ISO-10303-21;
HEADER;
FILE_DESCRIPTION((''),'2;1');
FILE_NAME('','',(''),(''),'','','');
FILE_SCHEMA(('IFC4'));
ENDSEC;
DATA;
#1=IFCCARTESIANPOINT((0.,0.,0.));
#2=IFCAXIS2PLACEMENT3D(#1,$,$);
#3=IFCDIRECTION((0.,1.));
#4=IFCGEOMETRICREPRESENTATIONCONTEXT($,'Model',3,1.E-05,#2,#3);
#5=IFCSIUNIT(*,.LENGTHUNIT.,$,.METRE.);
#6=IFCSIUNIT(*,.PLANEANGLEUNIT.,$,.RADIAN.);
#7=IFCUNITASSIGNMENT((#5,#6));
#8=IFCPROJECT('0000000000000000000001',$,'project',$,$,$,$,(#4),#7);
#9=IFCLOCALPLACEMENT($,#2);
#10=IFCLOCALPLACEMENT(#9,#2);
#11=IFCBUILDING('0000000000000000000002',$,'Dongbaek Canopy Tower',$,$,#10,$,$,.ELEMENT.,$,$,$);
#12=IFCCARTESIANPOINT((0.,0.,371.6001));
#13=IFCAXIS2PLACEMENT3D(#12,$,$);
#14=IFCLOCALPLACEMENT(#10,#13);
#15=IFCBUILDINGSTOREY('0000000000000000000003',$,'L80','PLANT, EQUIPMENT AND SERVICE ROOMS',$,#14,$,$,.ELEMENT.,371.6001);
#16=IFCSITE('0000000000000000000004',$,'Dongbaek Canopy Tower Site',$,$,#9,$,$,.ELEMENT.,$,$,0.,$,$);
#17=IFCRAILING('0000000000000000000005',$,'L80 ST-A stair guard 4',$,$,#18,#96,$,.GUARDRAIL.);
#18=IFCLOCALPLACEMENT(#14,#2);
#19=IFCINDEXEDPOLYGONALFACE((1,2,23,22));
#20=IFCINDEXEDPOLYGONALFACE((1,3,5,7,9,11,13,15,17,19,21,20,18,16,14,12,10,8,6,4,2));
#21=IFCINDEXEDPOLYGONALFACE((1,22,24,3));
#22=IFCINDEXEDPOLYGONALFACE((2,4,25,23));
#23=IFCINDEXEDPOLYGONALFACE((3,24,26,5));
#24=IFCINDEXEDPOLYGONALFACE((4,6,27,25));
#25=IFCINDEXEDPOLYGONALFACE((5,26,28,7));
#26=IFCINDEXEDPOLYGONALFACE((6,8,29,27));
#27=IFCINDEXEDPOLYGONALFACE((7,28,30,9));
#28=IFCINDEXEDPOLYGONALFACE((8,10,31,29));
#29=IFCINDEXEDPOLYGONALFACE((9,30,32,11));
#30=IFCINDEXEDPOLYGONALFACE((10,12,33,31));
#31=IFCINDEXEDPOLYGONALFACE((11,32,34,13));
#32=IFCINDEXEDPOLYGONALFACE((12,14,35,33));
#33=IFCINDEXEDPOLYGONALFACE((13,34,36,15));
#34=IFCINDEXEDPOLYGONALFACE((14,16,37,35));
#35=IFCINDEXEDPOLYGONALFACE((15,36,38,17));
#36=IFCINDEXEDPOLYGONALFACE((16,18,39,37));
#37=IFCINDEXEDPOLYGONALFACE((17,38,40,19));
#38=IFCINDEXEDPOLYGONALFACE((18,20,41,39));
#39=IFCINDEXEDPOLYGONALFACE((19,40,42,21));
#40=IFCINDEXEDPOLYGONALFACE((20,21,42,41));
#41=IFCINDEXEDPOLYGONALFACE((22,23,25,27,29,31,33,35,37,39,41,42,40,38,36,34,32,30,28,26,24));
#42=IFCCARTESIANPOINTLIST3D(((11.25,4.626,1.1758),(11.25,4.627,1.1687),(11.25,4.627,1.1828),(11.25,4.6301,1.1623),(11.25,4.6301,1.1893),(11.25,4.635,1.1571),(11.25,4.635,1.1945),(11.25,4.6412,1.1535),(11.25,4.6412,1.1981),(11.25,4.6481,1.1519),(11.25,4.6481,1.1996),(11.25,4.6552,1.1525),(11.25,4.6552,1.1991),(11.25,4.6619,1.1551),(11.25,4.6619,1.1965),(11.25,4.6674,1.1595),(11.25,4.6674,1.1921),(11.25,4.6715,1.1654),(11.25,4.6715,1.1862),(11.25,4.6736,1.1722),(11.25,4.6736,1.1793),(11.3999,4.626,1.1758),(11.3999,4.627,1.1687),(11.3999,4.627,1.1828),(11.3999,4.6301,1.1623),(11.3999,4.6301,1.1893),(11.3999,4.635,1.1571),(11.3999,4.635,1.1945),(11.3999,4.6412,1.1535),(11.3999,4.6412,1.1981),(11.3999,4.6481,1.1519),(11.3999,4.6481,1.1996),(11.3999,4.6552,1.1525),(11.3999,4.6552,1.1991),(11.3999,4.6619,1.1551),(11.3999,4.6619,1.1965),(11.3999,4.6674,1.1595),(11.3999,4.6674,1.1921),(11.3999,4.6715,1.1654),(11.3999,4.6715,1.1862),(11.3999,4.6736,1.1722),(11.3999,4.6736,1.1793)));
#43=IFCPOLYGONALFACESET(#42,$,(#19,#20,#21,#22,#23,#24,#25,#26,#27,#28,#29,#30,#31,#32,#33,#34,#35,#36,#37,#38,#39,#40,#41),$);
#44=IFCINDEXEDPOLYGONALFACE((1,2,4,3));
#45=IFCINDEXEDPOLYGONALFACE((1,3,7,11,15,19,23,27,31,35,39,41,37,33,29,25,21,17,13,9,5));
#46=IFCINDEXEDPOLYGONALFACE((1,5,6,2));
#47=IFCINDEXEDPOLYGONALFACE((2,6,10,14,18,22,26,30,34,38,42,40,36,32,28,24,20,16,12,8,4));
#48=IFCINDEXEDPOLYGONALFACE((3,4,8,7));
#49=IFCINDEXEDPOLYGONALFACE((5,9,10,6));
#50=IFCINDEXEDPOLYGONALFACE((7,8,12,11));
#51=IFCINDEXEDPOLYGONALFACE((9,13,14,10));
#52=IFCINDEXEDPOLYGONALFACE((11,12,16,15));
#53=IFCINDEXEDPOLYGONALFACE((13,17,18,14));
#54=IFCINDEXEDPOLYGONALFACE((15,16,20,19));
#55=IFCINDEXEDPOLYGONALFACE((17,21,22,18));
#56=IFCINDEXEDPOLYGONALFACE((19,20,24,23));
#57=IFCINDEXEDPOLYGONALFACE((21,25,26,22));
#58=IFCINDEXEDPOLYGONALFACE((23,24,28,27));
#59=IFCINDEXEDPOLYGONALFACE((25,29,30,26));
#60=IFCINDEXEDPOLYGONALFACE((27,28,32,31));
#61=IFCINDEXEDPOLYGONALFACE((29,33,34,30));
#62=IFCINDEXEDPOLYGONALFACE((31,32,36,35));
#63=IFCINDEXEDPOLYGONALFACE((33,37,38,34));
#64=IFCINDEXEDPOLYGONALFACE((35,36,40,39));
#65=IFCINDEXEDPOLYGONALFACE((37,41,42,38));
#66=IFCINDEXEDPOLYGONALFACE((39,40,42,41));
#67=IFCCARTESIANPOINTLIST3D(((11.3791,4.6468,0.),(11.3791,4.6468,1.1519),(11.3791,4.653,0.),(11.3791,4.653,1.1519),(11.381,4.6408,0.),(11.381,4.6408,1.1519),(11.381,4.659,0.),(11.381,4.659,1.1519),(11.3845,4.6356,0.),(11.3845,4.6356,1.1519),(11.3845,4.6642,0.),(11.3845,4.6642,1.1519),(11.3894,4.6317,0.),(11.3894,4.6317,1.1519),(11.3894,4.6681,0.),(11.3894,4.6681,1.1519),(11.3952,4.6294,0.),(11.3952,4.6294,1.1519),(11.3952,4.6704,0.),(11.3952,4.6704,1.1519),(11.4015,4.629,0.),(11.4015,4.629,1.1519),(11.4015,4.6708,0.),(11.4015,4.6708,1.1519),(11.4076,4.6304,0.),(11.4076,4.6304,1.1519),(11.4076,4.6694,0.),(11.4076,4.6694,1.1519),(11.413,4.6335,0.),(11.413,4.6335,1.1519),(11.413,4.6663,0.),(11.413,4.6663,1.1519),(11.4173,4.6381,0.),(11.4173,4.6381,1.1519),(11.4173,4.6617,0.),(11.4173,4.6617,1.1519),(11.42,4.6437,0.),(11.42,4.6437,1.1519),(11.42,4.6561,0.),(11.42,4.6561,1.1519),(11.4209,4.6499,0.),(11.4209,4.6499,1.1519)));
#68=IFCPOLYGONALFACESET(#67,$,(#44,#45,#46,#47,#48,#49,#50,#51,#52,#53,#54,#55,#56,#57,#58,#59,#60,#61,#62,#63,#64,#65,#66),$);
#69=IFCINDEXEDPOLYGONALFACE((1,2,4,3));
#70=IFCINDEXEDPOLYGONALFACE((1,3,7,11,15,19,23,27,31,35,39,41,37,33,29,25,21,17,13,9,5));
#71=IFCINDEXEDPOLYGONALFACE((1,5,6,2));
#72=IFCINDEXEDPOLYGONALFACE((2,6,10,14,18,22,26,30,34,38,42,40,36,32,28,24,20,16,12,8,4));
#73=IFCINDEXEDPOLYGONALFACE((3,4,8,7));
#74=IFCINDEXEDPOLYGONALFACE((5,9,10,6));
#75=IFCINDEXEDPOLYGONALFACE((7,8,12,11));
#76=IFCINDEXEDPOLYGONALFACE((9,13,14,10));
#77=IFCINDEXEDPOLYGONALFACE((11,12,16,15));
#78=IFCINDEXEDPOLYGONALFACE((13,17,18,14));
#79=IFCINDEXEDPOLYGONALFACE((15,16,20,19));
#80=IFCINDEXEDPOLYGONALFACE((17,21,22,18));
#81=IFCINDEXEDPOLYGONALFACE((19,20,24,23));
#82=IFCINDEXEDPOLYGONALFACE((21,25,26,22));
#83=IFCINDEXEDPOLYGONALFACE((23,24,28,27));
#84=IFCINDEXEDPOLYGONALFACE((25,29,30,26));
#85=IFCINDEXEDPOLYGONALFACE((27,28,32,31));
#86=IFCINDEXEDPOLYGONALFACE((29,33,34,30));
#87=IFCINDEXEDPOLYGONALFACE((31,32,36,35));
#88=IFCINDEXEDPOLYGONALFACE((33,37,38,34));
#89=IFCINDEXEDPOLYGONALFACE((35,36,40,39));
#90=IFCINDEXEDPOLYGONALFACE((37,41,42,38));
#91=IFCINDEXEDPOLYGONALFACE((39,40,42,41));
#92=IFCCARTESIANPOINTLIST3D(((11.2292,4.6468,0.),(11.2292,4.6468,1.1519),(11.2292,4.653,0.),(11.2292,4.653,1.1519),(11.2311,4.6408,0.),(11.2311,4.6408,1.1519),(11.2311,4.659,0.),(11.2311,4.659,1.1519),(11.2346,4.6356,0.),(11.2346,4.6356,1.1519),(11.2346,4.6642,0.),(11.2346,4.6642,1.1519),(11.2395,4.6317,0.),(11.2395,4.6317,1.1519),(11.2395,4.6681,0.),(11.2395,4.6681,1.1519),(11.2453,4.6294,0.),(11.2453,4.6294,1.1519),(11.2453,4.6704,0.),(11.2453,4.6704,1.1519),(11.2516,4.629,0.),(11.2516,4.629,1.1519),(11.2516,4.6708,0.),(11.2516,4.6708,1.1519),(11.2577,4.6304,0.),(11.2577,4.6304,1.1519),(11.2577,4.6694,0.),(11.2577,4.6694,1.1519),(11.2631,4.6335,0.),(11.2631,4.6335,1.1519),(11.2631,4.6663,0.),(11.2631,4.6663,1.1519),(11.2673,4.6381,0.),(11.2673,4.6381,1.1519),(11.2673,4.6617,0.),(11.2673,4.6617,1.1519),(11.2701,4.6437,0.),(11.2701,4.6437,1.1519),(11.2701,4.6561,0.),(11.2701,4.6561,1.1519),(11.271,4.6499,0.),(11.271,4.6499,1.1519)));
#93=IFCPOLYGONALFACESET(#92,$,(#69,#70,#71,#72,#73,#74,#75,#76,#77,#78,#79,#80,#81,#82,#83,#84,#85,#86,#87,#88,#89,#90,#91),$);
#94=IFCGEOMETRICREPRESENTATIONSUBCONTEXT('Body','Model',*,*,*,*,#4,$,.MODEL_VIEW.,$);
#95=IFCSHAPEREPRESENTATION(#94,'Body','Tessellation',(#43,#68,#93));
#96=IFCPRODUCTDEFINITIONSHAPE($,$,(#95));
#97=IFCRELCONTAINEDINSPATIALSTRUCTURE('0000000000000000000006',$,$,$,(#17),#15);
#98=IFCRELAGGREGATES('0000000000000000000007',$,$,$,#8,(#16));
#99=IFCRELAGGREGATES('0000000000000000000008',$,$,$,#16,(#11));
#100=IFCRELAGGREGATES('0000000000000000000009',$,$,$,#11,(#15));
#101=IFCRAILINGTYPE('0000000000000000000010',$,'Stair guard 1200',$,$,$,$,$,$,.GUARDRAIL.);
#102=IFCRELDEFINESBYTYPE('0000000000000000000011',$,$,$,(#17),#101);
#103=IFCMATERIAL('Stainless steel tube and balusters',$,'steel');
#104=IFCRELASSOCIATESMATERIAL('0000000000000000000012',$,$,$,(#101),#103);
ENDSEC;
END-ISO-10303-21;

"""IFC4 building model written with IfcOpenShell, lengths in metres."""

from ifc_helpers import new_model, si_unit, direction, frame, origin, origin_2d, place, context, subcontext, project, spatial, circle, extrude, material, type_object, element, save


model = new_model("IFC4")

# Units and contexts
model_context = context("Model", 3, precision=1e-05, world=origin(), true_north=direction((0.0, 1.0)))
body_context = subcontext(model_context, "Body", "Model", "MODEL_VIEW")
ifc_project = project(units=[si_unit("LENGTHUNIT", "METRE"), si_unit("PLANEANGLEUNIT", "RADIAN")], contexts=[model_context])

# Site, building, storey
site_placement = place(None, origin())
site = spatial("IfcSite", under=ifc_project, at=site_placement, Name="Dongbaek Canopy Tower Site", CompositionType="ELEMENT", RefElevation=0.0)
building_placement = place(site_placement, origin())
building = spatial("IfcBuilding", under=site, at=building_placement, Name="Dongbaek Canopy Tower", CompositionType="ELEMENT")
storey_placement = place(building_placement, frame((0.0, 0.0, 371.6001)))
storey = spatial("IfcBuildingStorey", under=building, at=storey_placement, Name="L80", Description="PLANT, EQUIPMENT AND SERVICE ROOMS", CompositionType="ELEMENT", Elevation=371.6001)

# Railing
ifc_material_1 = material(Name="Stainless steel tube and balusters", Category="steel")
railing_type_1 = type_object("IfcRailingType", Name="Stair guard 1200", PredefinedType="GUARDRAIL", material=ifc_material_1)
railing_1_placement = place(storey_placement, frame((11.3999, 4.6499, 0.0)))
element("IfcRailing", 1, at=railing_1_placement, inside=storey, type_object=railing_type_1, Name="L80 ST-A stair guard 4", PredefinedType="GUARDRAIL", context=body_context, shape_type="SweptSolid", body=[
    extrude(circle(Radius=0.0239, at=origin_2d()), frame((0.0, 0.0, 1.1758), z_axis=(-1.0, 0.0, 0.0), x_axis=(0.0, -1.0, 0.0)), (0.0, 0.0, 1.0), 0.1499),
    extrude(circle(Radius=0.021, at=origin_2d()), origin(), (0.0, 0.0, 1.0), 1.1519),
    extrude(circle(Radius=0.021, at=origin_2d()), frame((-0.1499, 0.0, 0.0)), (0.0, 0.0, 1.0), 1.1519),
])

save(model, "model.ifc")
